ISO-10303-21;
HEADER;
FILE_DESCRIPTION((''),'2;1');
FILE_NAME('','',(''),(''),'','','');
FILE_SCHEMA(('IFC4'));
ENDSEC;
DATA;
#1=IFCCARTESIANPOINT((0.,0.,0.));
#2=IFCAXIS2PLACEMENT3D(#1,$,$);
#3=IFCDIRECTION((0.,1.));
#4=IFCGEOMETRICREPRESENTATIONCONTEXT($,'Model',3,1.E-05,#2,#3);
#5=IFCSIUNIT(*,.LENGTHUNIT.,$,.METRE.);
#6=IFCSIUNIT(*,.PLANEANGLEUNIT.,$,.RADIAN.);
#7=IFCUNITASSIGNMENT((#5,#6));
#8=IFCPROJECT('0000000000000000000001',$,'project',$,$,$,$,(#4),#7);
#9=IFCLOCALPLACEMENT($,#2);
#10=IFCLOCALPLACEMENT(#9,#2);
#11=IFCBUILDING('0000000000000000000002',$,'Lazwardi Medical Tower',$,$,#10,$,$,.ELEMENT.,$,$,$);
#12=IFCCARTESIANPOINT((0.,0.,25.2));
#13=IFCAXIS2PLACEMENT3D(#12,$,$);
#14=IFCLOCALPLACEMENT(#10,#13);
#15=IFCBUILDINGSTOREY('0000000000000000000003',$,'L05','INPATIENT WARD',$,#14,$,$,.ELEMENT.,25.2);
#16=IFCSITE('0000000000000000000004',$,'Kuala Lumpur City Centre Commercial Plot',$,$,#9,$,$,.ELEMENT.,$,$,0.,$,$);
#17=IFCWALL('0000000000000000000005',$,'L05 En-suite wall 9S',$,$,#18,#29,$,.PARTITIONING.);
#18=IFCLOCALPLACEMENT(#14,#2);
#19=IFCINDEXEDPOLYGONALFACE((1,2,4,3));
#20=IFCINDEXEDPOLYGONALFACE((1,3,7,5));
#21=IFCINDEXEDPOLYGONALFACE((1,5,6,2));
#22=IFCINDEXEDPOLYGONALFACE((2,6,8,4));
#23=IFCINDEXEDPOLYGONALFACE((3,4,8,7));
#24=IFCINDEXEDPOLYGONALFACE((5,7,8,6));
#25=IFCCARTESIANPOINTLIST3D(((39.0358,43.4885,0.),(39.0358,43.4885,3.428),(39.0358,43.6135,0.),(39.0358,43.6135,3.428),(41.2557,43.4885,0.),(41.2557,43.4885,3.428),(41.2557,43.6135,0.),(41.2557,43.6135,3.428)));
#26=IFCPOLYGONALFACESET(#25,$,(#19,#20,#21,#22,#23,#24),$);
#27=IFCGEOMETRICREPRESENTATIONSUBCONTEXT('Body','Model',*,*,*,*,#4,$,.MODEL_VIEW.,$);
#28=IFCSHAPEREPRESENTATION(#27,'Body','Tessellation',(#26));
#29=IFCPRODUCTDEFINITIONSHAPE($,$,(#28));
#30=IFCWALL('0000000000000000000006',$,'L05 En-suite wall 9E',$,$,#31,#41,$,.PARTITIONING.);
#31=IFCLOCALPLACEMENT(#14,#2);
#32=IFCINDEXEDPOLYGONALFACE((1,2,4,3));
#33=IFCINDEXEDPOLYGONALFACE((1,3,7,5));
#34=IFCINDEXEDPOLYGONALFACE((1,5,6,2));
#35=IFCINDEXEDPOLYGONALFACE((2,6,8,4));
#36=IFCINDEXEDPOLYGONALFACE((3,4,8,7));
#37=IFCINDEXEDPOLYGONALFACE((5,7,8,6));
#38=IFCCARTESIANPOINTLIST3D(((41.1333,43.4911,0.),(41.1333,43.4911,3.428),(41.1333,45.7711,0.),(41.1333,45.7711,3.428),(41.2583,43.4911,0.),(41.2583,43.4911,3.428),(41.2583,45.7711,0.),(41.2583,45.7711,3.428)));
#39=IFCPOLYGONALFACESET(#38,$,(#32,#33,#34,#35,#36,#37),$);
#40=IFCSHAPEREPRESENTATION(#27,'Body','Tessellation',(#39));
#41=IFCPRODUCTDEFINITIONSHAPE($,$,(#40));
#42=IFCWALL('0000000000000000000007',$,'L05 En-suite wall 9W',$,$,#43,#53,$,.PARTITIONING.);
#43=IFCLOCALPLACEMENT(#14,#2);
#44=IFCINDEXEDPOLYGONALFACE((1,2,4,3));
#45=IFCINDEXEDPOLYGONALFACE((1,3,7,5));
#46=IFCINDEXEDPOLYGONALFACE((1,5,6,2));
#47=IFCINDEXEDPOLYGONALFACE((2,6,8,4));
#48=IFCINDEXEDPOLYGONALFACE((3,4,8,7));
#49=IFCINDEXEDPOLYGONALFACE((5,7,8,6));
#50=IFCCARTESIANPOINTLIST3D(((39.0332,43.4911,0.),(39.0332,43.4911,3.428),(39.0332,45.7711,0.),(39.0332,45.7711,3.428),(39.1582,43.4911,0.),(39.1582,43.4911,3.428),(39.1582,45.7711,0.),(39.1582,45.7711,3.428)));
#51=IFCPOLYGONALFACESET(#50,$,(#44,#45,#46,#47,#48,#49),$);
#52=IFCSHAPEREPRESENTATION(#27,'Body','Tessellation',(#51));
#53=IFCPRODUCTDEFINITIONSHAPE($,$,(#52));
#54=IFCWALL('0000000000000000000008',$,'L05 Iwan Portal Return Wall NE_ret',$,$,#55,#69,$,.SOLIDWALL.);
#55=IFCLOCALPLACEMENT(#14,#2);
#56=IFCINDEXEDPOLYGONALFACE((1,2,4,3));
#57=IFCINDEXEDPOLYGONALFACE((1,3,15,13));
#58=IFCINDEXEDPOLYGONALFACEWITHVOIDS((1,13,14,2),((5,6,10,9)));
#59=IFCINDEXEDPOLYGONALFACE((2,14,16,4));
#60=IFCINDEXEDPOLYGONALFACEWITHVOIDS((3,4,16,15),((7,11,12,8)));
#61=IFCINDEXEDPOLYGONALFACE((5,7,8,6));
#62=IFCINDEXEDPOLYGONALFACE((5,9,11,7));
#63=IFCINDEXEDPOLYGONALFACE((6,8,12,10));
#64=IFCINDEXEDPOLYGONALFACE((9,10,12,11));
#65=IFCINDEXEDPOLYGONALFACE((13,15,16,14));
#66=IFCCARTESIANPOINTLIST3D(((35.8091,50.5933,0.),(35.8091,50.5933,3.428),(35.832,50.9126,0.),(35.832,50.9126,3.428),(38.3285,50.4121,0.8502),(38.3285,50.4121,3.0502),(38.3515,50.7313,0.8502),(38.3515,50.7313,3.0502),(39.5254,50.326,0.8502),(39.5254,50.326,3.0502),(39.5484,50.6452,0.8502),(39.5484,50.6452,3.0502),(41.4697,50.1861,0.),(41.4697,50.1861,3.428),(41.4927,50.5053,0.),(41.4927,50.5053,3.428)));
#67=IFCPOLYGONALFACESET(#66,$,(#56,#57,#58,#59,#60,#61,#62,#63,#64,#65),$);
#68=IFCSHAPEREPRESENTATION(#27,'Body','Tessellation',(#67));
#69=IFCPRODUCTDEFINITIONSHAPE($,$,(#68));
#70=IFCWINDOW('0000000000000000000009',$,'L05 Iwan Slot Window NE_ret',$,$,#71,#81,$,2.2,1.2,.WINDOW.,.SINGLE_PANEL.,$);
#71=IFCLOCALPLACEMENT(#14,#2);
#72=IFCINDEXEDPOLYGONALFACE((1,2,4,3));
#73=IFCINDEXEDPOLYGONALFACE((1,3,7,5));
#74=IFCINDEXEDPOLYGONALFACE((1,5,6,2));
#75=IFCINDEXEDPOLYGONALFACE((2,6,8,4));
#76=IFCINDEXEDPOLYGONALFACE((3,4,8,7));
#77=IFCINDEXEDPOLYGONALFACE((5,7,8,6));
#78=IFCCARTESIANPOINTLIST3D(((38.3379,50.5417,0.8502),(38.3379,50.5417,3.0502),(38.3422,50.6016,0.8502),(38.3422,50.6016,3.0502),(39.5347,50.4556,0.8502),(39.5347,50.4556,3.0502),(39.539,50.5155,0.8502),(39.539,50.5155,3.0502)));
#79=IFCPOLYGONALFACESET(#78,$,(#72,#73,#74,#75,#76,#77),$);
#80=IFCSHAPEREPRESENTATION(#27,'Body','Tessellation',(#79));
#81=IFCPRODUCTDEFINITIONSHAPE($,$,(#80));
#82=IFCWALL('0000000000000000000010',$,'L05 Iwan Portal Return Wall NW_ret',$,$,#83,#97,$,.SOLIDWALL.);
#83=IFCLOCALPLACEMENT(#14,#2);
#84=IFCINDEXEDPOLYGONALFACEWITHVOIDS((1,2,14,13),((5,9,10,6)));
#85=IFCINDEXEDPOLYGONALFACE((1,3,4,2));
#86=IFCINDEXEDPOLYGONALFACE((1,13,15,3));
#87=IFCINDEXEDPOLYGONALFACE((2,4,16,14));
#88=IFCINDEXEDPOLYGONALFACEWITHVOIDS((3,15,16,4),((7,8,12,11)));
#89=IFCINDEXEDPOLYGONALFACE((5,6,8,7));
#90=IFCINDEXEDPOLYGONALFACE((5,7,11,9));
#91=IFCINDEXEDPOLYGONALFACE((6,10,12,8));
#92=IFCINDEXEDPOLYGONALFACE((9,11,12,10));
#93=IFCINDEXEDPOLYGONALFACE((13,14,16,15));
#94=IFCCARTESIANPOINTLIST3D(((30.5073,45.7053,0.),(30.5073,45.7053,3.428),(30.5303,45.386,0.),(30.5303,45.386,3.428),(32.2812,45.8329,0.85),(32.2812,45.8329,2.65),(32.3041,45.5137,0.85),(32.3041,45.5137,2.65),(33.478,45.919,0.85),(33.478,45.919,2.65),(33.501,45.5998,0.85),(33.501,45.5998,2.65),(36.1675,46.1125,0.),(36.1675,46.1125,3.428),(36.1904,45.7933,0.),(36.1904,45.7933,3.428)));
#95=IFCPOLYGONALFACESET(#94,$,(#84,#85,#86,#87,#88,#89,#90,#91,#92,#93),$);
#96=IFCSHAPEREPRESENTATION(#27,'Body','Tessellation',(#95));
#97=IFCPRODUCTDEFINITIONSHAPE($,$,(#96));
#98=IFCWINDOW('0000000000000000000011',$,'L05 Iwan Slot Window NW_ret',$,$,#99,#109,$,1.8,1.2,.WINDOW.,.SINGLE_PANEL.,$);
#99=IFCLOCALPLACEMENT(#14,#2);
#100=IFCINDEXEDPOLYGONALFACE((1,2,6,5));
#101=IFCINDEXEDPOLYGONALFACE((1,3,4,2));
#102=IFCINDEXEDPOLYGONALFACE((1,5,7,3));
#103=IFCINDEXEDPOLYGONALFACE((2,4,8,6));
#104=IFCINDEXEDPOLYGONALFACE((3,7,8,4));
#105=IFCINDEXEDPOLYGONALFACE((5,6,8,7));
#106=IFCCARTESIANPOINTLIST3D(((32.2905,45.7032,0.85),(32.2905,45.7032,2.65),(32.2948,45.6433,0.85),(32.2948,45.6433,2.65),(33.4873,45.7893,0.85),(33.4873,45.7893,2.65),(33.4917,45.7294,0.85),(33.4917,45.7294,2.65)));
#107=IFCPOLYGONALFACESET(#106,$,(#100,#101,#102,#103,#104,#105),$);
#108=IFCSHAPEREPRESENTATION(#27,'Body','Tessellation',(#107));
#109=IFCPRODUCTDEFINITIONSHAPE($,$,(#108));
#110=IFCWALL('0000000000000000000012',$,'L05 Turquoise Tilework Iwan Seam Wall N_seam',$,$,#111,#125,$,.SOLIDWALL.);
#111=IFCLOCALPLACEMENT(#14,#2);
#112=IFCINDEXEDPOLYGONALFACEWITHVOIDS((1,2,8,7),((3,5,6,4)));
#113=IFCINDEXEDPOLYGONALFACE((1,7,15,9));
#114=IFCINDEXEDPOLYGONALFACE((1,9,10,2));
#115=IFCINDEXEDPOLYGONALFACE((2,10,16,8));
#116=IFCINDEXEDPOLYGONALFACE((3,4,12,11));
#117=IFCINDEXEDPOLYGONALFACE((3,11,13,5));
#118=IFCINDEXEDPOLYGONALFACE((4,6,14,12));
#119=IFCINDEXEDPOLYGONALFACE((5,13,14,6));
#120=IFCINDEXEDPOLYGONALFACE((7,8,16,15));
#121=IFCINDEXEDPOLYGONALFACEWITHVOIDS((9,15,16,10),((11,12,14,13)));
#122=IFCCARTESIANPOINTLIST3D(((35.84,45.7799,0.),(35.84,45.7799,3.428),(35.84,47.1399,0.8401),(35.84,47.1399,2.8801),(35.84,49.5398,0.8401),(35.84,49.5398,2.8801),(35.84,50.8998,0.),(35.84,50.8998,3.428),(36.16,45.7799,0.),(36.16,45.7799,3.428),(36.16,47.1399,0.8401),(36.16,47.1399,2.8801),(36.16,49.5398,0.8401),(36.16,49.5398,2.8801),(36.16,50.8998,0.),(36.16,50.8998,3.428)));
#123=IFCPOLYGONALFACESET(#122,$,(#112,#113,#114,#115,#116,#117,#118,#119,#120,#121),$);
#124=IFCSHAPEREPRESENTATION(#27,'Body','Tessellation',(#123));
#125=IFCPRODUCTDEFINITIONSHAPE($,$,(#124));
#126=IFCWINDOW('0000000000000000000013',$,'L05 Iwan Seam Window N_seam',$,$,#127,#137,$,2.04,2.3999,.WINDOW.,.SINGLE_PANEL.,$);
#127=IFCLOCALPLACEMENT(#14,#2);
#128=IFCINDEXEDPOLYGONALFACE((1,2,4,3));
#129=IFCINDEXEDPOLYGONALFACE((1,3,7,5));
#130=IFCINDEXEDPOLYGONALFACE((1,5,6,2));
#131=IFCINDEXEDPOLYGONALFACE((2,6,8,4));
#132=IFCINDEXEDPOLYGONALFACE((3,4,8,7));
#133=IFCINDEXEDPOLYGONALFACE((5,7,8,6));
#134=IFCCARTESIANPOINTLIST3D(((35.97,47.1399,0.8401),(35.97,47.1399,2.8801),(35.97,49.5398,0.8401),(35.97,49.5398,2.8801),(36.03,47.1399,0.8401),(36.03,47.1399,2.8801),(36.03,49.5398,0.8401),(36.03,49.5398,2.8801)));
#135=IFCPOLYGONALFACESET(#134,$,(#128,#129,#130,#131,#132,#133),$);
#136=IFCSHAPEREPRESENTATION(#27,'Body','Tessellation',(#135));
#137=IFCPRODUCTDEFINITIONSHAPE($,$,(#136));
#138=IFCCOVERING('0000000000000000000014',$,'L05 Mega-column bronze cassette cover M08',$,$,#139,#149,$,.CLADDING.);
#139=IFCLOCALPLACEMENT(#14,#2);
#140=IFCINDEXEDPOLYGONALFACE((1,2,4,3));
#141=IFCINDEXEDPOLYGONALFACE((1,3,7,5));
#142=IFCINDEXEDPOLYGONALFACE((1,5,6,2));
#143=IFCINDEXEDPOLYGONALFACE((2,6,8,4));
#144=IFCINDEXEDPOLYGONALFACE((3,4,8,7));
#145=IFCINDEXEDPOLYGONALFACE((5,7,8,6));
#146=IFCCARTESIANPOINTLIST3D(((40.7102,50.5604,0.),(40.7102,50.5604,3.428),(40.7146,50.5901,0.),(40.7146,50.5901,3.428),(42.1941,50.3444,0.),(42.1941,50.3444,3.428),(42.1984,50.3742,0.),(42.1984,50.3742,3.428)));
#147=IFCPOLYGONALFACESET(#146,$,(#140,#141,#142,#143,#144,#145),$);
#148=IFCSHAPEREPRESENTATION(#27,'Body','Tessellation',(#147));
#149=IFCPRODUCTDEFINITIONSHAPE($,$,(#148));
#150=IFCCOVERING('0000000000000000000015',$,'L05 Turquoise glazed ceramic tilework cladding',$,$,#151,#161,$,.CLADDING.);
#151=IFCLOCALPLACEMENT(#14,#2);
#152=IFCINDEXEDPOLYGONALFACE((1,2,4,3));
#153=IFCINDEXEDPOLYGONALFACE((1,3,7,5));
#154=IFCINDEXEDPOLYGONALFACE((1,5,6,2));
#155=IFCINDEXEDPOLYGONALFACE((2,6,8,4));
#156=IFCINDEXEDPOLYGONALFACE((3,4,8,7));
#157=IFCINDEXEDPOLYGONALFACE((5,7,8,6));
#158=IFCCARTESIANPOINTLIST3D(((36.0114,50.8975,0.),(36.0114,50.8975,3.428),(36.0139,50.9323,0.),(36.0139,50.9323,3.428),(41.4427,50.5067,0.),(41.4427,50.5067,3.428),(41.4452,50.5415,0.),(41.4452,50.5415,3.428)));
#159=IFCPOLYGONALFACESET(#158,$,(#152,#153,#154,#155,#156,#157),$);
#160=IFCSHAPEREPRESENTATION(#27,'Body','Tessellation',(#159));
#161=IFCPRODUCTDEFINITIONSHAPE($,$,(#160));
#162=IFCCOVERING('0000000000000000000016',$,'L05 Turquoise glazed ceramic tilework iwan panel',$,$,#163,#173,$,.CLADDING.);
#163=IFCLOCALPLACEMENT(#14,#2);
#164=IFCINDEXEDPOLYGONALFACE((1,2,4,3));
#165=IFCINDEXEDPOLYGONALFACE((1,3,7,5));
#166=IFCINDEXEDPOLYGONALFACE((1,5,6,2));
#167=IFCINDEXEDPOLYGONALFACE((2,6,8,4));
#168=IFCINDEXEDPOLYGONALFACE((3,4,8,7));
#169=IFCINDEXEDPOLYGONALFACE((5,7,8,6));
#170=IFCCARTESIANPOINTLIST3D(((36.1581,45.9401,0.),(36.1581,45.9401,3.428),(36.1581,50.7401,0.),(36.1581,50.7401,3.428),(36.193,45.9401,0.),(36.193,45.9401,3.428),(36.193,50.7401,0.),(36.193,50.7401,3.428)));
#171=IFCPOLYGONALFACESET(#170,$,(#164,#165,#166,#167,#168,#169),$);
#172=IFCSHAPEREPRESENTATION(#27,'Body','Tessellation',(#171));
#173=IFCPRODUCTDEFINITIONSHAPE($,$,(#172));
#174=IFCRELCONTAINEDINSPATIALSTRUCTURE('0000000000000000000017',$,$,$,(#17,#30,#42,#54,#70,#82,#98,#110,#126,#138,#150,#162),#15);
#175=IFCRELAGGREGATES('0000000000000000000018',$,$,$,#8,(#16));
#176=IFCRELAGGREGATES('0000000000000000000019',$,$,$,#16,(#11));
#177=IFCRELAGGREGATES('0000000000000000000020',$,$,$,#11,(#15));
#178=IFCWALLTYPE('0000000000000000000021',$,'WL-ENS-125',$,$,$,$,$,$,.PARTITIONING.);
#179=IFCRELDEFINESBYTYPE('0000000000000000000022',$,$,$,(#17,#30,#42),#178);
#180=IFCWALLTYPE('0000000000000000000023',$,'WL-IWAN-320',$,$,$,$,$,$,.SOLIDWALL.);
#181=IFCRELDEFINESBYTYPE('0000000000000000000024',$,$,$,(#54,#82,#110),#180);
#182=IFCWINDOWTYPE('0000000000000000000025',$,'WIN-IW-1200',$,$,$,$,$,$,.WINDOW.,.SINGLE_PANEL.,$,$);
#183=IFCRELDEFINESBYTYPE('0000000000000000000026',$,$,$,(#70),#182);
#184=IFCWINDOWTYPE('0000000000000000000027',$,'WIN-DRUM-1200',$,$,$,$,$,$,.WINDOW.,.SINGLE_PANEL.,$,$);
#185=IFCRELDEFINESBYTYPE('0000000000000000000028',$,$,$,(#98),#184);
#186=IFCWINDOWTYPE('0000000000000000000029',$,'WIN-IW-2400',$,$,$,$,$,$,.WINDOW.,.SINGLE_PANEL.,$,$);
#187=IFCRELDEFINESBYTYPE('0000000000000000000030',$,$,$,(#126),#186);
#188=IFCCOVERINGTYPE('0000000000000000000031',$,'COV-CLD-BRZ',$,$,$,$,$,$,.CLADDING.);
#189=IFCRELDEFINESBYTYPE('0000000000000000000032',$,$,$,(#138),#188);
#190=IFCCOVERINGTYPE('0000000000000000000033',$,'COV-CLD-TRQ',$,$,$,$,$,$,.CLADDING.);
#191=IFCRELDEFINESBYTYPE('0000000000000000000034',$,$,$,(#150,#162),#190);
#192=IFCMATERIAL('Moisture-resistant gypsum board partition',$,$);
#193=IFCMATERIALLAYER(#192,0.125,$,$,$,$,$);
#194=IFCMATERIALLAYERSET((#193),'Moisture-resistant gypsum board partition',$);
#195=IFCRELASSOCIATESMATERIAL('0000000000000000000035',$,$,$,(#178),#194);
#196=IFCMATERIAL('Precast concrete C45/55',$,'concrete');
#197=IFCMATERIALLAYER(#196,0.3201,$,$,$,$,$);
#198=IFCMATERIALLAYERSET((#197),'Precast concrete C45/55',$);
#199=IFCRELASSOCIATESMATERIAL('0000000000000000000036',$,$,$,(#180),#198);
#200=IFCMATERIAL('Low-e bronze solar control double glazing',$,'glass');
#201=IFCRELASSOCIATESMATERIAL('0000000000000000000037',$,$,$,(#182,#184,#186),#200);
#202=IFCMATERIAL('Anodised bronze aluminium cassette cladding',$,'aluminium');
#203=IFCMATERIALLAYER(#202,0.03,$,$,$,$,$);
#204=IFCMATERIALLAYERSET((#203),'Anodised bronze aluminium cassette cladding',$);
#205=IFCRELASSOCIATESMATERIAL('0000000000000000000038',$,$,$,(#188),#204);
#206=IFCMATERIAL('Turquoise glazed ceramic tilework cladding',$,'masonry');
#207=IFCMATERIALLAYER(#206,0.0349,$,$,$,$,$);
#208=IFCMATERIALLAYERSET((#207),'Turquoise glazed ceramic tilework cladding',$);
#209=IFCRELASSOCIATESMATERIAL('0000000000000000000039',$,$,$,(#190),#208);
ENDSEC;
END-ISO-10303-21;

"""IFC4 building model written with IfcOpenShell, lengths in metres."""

from ifc_helpers import new_model, si_unit, direction, frame, frame_2d, origin, origin_2d, place, context, subcontext, project, spatial, rectangle, extrude, material, layer, layer_set, type_object, element, fill, save


model = new_model("IFC4")

# Units and contexts
model_context = context("Model", 3, precision=1e-05, world=origin(), true_north=direction((0.0, 1.0)))
body_context = subcontext(model_context, "Body", "Model", "MODEL_VIEW")
ifc_project = project(units=[si_unit("LENGTHUNIT", "METRE"), si_unit("PLANEANGLEUNIT", "RADIAN")], contexts=[model_context])

# Site, building, storey
site_placement = place(None, origin())
site = spatial("IfcSite", under=ifc_project, at=site_placement, Name="Kuala Lumpur City Centre Commercial Plot", CompositionType="ELEMENT", RefElevation=0.0)
building_placement = place(site_placement, origin())
building = spatial("IfcBuilding", under=site, at=building_placement, Name="Lazwardi Medical Tower", CompositionType="ELEMENT")
storey_placement = place(building_placement, frame((0.0, 0.0, 25.2)))
storey = spatial("IfcBuildingStorey", under=building, at=storey_placement, Name="L05", Description="INPATIENT WARD", CompositionType="ELEMENT", Elevation=25.2)

# Shared definitions
ifc_material_1 = material(Name="Low-e bronze solar control double glazing", Category="glass")

# Shared definitions
ifc_material_2 = material(Name="Moisture-resistant gypsum board partition")
ifc_layer_1 = layer(ifc_material_2, 0.125)
ifc_layer_set_1 = layer_set([ifc_layer_1], Name="Moisture-resistant gypsum board partition")
wall_type_1 = type_object("IfcWallType", Name="WL-ENS-125", PredefinedType="PARTITIONING", material=ifc_layer_set_1)

# Walls
wall_1_placement = place(storey_placement, frame((39.0359, 43.551, 0.0), z_axis=(0.0, 0.0, 1.0), x_axis=(1.0, 0.0, 0.0)))
element("IfcWall", 1, at=wall_1_placement, inside=storey, type_object=wall_type_1, Name="L05 En-suite wall 9S", PredefinedType="PARTITIONING", context=body_context, shape_type="SweptSolid", body=[
    extrude(rectangle(XDim=2.22, YDim=0.125, at=frame_2d((1.1099, 0.0))), origin(), (0.0, 0.0, 1.0), 3.428),
])
for number, where, z_axis, x_axis, name in (
    (2, (41.1958, 43.491, 0.0), (0.0, 0.0, 1.0), (0.0, 1.0, 0.0), "L05 En-suite wall 9E"),
    (3, (39.0957, 43.491, 0.0), (0.0, 0.0, 1.0), (0.0, 1.0, 0.0), "L05 En-suite wall 9W"),
):
    element("IfcWall", number, at=place(storey_placement, frame(where, z_axis=z_axis, x_axis=x_axis)), inside=storey, type_object=wall_type_1, Name=name, PredefinedType="PARTITIONING", context=body_context, shape_type="SweptSolid", body=[
        extrude(rectangle(XDim=2.28, YDim=0.125, at=frame_2d((1.1401, 0.0))), origin(), (0.0, 0.0, 1.0), 3.428),
    ])

# Walls, openings, windows
ifc_material_3 = material(Name="Precast concrete C45/55", Category="concrete")
ifc_layer_2 = layer(ifc_material_3, 0.3201)
ifc_layer_set_2 = layer_set([ifc_layer_2], Name="Precast concrete C45/55")
wall_type_2 = type_object("IfcWallType", Name="WL-IWAN-320", PredefinedType="SOLIDWALL", material=ifc_layer_set_2)
wall_2_placement = place(storey_placement, frame((41.4812, 50.3457, 0.0), z_axis=(0.0, 0.0, 1.0), x_axis=(-0.997422, 0.071755, 0.0)))
wall_2 = element("IfcWall", 4, at=wall_2_placement, inside=storey, type_object=wall_type_2, Name="L05 Iwan Portal Return Wall NE_ret", PredefinedType="SOLIDWALL", context=body_context, shape_type="SweptSolid", body=[
    extrude(rectangle(XDim=5.6753, YDim=0.3201, at=frame_2d((2.8376, 0.0))), origin(), (0.0, 0.0, 1.0), 3.428),
])
opening_1_placement = place(wall_2_placement, frame((1.9492, 0.0, 0.8501)))
opening_1 = element("IfcOpeningElement", 5, at=opening_1_placement, cuts=wall_2, PredefinedType="OPENING", context=body_context, shape_type="SweptSolid", body=[
    extrude(rectangle(XDim=1.2, YDim=2.2, at=frame_2d((0.6001, 1.1001))), frame((0.0, 0.1699, 0.0), z_axis=(0.0, -1.0, 0.0), x_axis=(1.0, 0.0, 0.0)), (0.0, 0.0, 1.0), 0.3401),
])
window_type_1 = type_object("IfcWindowType", Name="WIN-IW-1200", PartitioningType="SINGLE_PANEL", PredefinedType="WINDOW", material=ifc_material_1)
window_1_placement = place(opening_1_placement, origin())
window_1 = element("IfcWindow", 6, at=window_1_placement, inside=storey, type_object=window_type_1, Name="L05 Iwan Slot Window NE_ret", OverallHeight=2.2, OverallWidth=1.2, PartitioningType="SINGLE_PANEL", PredefinedType="WINDOW", context=body_context, shape_type="SweptSolid", body=[
    extrude(rectangle(XDim=1.2, YDim=2.2, at=frame_2d((0.6001, 1.1001))), frame((0.0, 0.03, 0.0), z_axis=(0.0, -1.0, 0.0), x_axis=(1.0, 0.0, 0.0)), (0.0, 0.0, 1.0), 0.0601),
])
fill(opening_1, window_1)
wall_3_placement = place(storey_placement, frame((36.179, 45.9529, 0.0), z_axis=(0.0, 0.0, 1.0), x_axis=(-0.997422, -0.071761, 0.0)))
wall_3 = element("IfcWall", 7, at=wall_3_placement, inside=storey, type_object=wall_type_2, Name="L05 Iwan Portal Return Wall NW_ret", PredefinedType="SOLIDWALL", context=body_context, shape_type="SweptSolid", body=[
    extrude(rectangle(XDim=5.6748, YDim=0.3201, at=frame_2d((2.8374, 0.0))), origin(), (0.0, 0.0, 1.0), 3.428),
])
opening_2_placement = place(wall_3_placement, frame((2.6963, 0.0, 0.8501)))
opening_2 = element("IfcOpeningElement", 8, at=opening_2_placement, cuts=wall_3, PredefinedType="OPENING", context=body_context, shape_type="SweptSolid", body=[
    extrude(rectangle(XDim=1.2, YDim=1.8, at=frame_2d((0.6001, 0.8999))), frame((0.0, 0.1699, 0.0), z_axis=(0.0, -1.0, 0.0), x_axis=(1.0, 0.0, 0.0)), (0.0, 0.0, 1.0), 0.3401),
])
window_type_2 = type_object("IfcWindowType", Name="WIN-DRUM-1200", PartitioningType="SINGLE_PANEL", PredefinedType="WINDOW", material=ifc_material_1)
window_2_placement = place(opening_2_placement, origin())
window_2 = element("IfcWindow", 9, at=window_2_placement, inside=storey, type_object=window_type_2, Name="L05 Iwan Slot Window NW_ret", OverallHeight=1.8, OverallWidth=1.2, PartitioningType="SINGLE_PANEL", PredefinedType="WINDOW", context=body_context, shape_type="SweptSolid", body=[
    extrude(rectangle(XDim=1.2, YDim=1.8, at=frame_2d((0.6001, 0.8999))), frame((0.0, 0.03, 0.0), z_axis=(0.0, -1.0, 0.0), x_axis=(1.0, 0.0, 0.0)), (0.0, 0.0, 1.0), 0.0601),
])
fill(opening_2, window_2)
wall_4_placement = place(storey_placement, frame((36.0, 50.8999, 0.0), z_axis=(0.0, 0.0, 1.0), x_axis=(0.0, -1.0, 0.0)))
wall_4 = element("IfcWall", 10, at=wall_4_placement, inside=storey, type_object=wall_type_2, Name="L05 Turquoise Tilework Iwan Seam Wall N_seam", PredefinedType="SOLIDWALL", context=body_context, shape_type="SweptSolid", body=[
    extrude(rectangle(XDim=5.1199, YDim=0.3201, at=frame_2d((2.5601, 0.0))), origin(), (0.0, 0.0, 1.0), 3.428),
])
opening_3_placement = place(wall_4_placement, frame((1.3601, 0.0, 0.8401)))
opening_3 = element("IfcOpeningElement", 11, at=opening_3_placement, cuts=wall_4, PredefinedType="OPENING", context=body_context, shape_type="SweptSolid", body=[
    extrude(rectangle(XDim=2.3999, YDim=2.04, at=frame_2d((1.2, 1.02))), frame((0.0, 0.1699, 0.0), z_axis=(0.0, -1.0, 0.0), x_axis=(1.0, 0.0, 0.0)), (0.0, 0.0, 1.0), 0.3401),
])
window_type_3 = type_object("IfcWindowType", Name="WIN-IW-2400", PartitioningType="SINGLE_PANEL", PredefinedType="WINDOW", material=ifc_material_1)
window_3_placement = place(opening_3_placement, origin())
window_3 = element("IfcWindow", 12, at=window_3_placement, inside=storey, type_object=window_type_3, Name="L05 Iwan Seam Window N_seam", OverallHeight=2.04, OverallWidth=2.3999, PartitioningType="SINGLE_PANEL", PredefinedType="WINDOW", context=body_context, shape_type="SweptSolid", body=[
    extrude(rectangle(XDim=2.3999, YDim=2.04, at=frame_2d((1.2, 1.02))), frame((0.0, 0.03, 0.0), z_axis=(0.0, -1.0, 0.0), x_axis=(1.0, 0.0, 0.0)), (0.0, 0.0, 1.0), 0.0601),
])
fill(opening_3, window_3)

# Coverings
ifc_material_4 = material(Name="Anodised bronze aluminium cassette cladding", Category="aluminium")
ifc_layer_3 = layer(ifc_material_4, 0.03)
ifc_layer_set_3 = layer_set([ifc_layer_3], Name="Anodised bronze aluminium cassette cladding")
covering_type_1 = type_object("IfcCoveringType", Name="COV-CLD-BRZ", PredefinedType="CLADDING", material=ifc_layer_set_3)
covering_1_placement = place(storey_placement, frame((41.4543, 50.4673, 0.0), z_axis=(0.0, 0.0, 1.0), x_axis=(-0.989573, 0.144035, 0.0)))
element("IfcCovering", 13, at=covering_1_placement, inside=storey, type_object=covering_type_1, Name="L05 Mega-column bronze cassette cover M08", PredefinedType="CLADDING", context=body_context, shape_type="SweptSolid", body=[
    extrude(rectangle(XDim=1.4995, YDim=0.03, at=origin_2d()), origin(), (0.0, 0.0, 1.0), 3.428),
])
ifc_material_5 = material(Name="Turquoise glazed ceramic tilework cladding", Category="masonry")
ifc_layer_4 = layer(ifc_material_5, 0.0349)
ifc_layer_set_4 = layer_set([ifc_layer_4], Name="Turquoise glazed ceramic tilework cladding")
covering_type_2 = type_object("IfcCoveringType", Name="COV-CLD-TRQ", PredefinedType="CLADDING", material=ifc_layer_set_4)
covering_2_placement = place(storey_placement, frame((38.7283, 50.7195, 0.0), z_axis=(0.0, 0.0, 1.0), x_axis=(-0.997421, 0.071767, 0.0)))
element("IfcCovering", 14, at=covering_2_placement, inside=storey, type_object=covering_type_2, Name="L05 Turquoise glazed ceramic tilework cladding", PredefinedType="CLADDING", context=body_context, shape_type="SweptSolid", body=[
    extrude(rectangle(XDim=5.4453, YDim=0.0349, at=origin_2d()), origin(), (0.0, 0.0, 1.0), 3.428),
])
covering_3_placement = place(storey_placement, frame((36.1755, 48.3401, 0.0), z_axis=(0.0, 0.0, 1.0), x_axis=(0.0, -1.0, 0.0)))
element("IfcCovering", 15, at=covering_3_placement, inside=storey, type_object=covering_type_2, Name="L05 Turquoise glazed ceramic tilework iwan panel", PredefinedType="CLADDING", context=body_context, shape_type="SweptSolid", body=[
    extrude(rectangle(XDim=4.8, YDim=0.0349, at=origin_2d()), origin(), (0.0, 0.0, 1.0), 3.428),
])

save(model, "model.ifc")
